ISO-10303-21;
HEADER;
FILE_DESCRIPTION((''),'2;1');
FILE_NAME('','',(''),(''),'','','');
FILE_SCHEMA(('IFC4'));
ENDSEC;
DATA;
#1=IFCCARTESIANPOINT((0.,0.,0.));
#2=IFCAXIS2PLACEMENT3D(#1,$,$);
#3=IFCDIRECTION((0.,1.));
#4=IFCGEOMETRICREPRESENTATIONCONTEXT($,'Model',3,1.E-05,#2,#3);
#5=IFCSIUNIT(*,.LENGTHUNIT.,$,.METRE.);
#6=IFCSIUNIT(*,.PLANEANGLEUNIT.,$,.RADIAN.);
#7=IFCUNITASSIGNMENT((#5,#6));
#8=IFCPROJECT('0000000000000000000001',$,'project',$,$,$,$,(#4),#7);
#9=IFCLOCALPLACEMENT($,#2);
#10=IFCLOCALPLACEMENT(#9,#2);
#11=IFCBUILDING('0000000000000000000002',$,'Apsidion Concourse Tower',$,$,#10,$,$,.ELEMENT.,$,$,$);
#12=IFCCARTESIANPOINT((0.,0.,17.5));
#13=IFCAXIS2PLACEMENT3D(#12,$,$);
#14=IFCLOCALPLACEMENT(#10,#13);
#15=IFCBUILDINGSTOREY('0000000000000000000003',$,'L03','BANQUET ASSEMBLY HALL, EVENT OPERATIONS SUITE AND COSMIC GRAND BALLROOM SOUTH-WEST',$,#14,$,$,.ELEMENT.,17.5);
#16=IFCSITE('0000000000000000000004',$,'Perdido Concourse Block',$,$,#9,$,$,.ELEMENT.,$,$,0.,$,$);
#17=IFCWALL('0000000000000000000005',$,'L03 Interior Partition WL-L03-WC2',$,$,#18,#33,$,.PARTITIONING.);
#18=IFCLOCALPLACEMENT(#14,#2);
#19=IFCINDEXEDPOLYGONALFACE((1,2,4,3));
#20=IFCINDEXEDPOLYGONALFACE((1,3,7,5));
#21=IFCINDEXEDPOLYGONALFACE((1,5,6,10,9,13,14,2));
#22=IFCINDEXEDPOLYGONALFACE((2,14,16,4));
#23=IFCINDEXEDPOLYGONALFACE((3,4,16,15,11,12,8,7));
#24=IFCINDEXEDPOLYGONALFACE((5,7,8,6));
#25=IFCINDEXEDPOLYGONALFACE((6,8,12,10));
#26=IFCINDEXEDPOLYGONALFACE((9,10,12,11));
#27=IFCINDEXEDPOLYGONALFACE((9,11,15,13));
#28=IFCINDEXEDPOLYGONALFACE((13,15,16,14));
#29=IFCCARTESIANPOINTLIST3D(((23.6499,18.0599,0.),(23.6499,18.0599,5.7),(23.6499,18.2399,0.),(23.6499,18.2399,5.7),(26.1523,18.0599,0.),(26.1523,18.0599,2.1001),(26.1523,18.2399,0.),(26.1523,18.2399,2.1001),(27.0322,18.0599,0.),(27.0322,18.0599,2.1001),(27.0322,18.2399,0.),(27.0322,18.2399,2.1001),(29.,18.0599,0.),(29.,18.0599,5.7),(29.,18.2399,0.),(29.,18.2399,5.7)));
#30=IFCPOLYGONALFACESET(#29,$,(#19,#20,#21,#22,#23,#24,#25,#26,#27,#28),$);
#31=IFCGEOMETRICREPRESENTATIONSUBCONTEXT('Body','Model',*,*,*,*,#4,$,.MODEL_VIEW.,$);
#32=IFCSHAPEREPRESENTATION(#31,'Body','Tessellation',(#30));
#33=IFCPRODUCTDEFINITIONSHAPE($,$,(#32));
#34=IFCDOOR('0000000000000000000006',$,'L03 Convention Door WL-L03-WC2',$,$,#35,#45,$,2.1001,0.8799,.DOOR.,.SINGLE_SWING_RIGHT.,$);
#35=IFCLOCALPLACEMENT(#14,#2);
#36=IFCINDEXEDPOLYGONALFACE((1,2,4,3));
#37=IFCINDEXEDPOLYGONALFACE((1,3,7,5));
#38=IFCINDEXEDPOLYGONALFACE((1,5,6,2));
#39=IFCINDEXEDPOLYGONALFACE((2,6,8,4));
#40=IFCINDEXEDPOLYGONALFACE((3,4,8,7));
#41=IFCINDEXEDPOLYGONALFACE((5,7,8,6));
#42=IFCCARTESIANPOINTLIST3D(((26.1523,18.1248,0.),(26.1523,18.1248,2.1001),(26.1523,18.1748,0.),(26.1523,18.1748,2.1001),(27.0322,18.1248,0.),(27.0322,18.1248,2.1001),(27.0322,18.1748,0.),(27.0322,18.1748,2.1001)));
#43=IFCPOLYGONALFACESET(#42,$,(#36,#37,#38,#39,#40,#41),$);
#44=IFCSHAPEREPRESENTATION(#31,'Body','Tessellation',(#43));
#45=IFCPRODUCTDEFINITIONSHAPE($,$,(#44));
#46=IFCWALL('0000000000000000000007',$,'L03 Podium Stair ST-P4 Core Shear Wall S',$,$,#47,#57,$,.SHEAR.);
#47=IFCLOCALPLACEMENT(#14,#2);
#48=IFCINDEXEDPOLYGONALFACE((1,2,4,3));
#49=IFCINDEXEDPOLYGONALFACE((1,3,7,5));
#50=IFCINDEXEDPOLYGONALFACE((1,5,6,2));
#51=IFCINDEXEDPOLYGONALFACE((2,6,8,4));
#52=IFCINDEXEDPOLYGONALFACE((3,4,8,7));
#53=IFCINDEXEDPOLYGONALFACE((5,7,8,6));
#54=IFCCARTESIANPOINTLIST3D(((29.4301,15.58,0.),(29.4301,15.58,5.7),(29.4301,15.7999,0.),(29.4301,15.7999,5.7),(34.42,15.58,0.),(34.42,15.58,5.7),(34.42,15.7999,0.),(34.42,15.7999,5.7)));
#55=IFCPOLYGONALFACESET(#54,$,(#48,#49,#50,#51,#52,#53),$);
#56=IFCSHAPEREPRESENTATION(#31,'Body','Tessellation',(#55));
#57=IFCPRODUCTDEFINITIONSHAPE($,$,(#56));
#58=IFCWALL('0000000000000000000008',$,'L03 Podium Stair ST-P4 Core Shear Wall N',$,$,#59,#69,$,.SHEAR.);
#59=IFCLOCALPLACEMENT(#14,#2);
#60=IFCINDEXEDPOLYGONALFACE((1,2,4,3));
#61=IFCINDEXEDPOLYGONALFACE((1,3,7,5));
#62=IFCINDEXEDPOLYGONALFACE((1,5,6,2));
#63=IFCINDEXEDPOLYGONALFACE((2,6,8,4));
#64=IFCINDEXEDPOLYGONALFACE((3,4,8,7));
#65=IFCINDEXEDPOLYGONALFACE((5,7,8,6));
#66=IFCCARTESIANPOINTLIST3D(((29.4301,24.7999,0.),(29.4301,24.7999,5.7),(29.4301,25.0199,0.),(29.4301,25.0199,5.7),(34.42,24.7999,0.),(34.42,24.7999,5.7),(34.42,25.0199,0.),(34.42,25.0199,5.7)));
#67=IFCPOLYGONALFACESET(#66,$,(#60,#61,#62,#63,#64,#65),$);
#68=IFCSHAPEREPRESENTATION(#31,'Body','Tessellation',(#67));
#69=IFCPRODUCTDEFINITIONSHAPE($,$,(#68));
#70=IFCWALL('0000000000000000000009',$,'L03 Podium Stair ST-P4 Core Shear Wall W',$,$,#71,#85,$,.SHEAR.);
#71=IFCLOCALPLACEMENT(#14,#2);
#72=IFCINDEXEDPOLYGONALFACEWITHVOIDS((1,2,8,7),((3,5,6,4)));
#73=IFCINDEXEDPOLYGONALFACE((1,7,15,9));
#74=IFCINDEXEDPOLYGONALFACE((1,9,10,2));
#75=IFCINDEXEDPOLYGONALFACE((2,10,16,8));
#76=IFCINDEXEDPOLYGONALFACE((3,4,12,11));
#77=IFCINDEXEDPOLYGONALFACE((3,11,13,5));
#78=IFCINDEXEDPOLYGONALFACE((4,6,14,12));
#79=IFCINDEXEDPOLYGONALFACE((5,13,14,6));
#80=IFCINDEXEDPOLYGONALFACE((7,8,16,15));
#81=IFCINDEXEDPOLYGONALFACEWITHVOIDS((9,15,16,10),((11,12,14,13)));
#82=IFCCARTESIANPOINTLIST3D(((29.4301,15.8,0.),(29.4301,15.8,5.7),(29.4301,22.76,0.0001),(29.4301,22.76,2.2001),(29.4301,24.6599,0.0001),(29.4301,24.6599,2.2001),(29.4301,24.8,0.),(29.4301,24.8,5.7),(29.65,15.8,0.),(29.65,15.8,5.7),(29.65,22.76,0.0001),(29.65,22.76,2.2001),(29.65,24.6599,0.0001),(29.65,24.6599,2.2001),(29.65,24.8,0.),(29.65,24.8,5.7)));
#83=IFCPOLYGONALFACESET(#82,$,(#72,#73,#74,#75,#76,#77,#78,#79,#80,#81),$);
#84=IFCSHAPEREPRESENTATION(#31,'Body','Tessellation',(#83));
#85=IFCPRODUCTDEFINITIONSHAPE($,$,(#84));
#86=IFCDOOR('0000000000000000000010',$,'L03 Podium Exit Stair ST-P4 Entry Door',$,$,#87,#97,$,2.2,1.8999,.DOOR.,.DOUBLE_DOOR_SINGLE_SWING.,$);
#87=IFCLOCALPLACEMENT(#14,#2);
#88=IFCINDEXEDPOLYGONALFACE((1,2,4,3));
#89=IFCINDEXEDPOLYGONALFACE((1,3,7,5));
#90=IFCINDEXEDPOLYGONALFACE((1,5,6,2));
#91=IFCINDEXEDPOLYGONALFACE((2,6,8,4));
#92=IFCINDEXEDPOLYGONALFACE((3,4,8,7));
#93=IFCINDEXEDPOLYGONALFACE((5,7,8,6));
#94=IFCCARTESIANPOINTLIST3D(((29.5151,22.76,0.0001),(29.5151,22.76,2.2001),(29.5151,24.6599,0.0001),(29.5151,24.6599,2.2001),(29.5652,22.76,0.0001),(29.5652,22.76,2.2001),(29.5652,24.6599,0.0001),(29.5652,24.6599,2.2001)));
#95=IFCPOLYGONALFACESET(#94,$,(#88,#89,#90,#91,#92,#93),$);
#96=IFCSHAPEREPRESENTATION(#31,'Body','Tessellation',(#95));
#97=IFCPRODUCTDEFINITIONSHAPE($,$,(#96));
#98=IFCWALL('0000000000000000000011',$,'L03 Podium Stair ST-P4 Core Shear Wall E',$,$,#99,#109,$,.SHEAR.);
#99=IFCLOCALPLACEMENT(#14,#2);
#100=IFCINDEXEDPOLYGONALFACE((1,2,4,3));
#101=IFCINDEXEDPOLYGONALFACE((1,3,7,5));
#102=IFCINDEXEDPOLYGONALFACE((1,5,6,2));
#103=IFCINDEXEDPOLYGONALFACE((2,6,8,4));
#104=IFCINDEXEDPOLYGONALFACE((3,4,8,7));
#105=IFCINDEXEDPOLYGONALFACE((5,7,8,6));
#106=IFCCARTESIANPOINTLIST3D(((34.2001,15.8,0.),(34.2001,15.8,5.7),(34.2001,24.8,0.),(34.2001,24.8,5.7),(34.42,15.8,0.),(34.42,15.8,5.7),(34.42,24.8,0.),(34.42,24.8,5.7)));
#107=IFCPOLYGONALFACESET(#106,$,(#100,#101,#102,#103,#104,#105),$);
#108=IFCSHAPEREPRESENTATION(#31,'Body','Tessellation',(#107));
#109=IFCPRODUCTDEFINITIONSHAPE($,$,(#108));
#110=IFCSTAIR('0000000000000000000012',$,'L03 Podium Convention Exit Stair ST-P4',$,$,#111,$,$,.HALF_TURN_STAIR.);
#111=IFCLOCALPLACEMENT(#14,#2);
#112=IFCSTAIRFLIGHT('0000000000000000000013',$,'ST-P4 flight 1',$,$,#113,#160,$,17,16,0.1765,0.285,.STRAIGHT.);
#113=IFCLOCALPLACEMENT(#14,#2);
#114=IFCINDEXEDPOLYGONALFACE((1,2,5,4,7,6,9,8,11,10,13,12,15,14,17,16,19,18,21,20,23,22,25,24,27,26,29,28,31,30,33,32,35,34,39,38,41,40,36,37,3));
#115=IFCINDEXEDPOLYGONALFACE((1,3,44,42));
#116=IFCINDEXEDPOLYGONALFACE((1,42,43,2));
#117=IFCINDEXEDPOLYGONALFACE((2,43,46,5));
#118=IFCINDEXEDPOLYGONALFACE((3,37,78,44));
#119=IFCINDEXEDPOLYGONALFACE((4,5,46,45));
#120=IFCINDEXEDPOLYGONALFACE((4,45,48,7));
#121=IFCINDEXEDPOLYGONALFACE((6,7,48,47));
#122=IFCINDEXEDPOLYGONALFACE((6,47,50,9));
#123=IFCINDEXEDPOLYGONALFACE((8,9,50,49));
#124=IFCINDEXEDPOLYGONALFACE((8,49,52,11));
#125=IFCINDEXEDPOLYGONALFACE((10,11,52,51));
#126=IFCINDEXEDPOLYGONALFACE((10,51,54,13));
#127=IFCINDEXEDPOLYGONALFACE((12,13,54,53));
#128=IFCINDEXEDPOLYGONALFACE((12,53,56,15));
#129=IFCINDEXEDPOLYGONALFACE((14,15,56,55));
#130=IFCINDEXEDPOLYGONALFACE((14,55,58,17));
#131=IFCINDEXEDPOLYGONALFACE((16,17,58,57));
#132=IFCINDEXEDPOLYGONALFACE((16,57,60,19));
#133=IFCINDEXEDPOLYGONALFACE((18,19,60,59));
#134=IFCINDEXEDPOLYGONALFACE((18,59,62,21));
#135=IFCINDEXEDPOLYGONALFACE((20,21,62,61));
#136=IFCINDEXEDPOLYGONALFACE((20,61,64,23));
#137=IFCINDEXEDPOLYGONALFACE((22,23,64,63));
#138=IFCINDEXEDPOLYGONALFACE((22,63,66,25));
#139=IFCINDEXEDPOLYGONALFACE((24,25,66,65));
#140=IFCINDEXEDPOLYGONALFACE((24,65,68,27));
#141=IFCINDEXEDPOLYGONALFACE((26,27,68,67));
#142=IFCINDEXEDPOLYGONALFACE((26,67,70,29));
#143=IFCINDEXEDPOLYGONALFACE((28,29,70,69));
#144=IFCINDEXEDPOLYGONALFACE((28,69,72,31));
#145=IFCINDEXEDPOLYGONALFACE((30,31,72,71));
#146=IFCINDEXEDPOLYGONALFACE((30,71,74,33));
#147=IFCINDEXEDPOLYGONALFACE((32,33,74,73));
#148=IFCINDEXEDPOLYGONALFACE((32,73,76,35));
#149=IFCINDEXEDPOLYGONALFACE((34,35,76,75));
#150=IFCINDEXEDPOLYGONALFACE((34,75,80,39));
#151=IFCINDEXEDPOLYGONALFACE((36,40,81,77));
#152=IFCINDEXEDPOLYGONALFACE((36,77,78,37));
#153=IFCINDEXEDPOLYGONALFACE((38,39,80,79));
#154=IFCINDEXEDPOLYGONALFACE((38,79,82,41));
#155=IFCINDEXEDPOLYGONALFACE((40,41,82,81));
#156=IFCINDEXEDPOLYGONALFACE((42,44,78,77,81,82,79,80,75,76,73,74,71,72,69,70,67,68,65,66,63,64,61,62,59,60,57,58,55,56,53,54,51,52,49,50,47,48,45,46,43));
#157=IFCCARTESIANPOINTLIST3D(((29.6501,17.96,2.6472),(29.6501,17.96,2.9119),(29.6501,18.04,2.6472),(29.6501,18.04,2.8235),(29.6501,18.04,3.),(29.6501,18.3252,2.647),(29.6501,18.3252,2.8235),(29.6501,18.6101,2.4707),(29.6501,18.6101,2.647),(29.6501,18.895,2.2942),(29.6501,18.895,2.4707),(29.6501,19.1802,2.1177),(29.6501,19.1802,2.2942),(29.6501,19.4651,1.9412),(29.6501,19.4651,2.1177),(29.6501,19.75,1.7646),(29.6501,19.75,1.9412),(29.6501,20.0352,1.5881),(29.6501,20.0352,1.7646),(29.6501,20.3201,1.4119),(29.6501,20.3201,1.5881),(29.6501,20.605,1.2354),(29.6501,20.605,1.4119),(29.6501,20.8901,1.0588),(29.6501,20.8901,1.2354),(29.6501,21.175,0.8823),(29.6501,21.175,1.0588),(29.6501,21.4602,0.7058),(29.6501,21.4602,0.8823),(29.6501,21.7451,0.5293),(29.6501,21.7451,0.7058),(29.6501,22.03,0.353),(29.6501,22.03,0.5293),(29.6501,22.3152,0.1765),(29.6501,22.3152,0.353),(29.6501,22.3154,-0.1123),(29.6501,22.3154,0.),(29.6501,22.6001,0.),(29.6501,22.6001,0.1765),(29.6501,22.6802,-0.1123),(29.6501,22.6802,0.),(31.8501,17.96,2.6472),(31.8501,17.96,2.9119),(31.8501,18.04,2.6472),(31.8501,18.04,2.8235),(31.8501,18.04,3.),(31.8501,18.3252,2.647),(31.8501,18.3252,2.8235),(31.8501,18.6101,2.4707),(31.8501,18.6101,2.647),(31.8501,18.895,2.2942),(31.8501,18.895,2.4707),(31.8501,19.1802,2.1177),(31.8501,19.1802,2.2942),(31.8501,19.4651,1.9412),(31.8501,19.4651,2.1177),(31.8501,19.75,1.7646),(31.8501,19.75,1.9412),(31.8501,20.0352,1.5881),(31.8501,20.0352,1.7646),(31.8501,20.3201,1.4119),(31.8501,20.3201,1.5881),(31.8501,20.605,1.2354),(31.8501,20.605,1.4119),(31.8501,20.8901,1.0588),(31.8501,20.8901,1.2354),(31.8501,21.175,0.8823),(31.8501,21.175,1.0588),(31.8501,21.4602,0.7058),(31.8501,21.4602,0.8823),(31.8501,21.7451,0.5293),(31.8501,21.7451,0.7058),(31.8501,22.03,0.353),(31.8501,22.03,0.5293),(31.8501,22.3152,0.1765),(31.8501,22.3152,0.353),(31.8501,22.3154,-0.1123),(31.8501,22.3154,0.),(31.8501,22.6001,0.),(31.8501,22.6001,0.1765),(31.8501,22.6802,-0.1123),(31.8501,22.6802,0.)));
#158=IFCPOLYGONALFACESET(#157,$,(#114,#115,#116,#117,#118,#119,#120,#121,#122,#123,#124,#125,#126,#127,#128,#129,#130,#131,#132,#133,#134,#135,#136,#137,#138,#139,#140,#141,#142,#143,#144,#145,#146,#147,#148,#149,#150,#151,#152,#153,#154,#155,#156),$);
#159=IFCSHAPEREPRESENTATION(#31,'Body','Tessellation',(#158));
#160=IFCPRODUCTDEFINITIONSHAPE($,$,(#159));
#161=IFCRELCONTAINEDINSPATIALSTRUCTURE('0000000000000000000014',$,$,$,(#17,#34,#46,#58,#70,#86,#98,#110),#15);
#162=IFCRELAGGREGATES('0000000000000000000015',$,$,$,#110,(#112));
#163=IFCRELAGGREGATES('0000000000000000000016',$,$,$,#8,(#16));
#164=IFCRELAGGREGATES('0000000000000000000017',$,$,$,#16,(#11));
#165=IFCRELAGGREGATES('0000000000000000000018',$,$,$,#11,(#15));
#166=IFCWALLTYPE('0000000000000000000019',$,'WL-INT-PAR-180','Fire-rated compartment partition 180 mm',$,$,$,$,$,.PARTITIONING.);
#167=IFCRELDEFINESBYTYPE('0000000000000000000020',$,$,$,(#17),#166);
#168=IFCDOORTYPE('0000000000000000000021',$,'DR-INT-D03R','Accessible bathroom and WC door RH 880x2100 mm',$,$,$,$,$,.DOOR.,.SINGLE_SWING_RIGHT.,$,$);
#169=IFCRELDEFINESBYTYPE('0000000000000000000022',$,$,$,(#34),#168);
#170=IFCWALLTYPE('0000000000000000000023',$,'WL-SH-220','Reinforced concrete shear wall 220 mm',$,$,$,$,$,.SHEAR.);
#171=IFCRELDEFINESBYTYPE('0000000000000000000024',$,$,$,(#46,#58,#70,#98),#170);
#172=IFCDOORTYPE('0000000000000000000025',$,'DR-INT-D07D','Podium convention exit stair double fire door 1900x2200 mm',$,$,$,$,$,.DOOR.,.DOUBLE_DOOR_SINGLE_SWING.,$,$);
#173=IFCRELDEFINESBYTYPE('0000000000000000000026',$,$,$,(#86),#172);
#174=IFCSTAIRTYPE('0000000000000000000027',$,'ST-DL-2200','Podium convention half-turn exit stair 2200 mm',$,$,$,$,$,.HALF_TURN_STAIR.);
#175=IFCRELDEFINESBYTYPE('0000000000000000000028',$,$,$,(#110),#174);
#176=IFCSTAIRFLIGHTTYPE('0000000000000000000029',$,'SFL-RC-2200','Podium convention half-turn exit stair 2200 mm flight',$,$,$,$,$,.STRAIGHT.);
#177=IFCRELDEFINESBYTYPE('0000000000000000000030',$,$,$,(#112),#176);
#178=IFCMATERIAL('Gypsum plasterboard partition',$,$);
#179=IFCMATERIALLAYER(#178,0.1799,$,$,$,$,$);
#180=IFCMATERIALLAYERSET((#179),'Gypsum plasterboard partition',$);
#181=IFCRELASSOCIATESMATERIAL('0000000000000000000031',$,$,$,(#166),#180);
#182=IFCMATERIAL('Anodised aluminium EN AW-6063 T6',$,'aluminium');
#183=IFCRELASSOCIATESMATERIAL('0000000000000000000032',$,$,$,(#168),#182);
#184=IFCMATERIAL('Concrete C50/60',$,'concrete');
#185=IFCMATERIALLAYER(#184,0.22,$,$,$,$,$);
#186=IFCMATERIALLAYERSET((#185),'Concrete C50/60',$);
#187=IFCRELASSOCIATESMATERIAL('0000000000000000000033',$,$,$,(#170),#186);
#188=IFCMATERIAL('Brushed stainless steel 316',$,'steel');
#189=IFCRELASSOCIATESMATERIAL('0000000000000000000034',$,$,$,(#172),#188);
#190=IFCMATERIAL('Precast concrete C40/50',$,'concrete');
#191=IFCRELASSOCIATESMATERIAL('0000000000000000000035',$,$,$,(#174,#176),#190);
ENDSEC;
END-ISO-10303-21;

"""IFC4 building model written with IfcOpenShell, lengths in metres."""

from ifc_helpers import new_model, si_unit, direction, frame, frame_2d, origin, place, context, subcontext, project, spatial, polyline, rectangle, outline, extrude, material, layer, layer_set, type_object, element, fill, aggregate, save


model = new_model("IFC4")

# Units and contexts
model_context = context("Model", 3, precision=1e-05, world=origin(), true_north=direction((0.0, 1.0)))
body_context = subcontext(model_context, "Body", "Model", "MODEL_VIEW")
ifc_project = project(units=[si_unit("LENGTHUNIT", "METRE"), si_unit("PLANEANGLEUNIT", "RADIAN")], contexts=[model_context])

# Site, building, storey
site_placement = place(None, origin())
site = spatial("IfcSite", under=ifc_project, at=site_placement, Name="Perdido Concourse Block", CompositionType="ELEMENT", RefElevation=0.0)
building_placement = place(site_placement, origin())
building = spatial("IfcBuilding", under=site, at=building_placement, Name="Apsidion Concourse Tower", CompositionType="ELEMENT")
storey_placement = place(building_placement, frame((0.0, 0.0, 17.5)))
storey = spatial("IfcBuildingStorey", under=building, at=storey_placement, Name="L03", Description="BANQUET ASSEMBLY HALL, EVENT OPERATIONS SUITE AND COSMIC GRAND BALLROOM SOUTH-WEST", CompositionType="ELEMENT", Elevation=17.5)

# Shared definitions
ifc_material_1 = material(Name="Precast concrete C40/50", Category="concrete")

# Shared definitions
ifc_material_2 = material(Name="Gypsum plasterboard partition")

# Wall, opening, door
ifc_layer_1 = layer(ifc_material_2, 0.1799)
ifc_layer_set_1 = layer_set([ifc_layer_1], Name="Gypsum plasterboard partition")
wall_type_1 = type_object("IfcWallType", Name="WL-INT-PAR-180", Description="Fire-rated compartment partition 180 mm", PredefinedType="PARTITIONING", material=ifc_layer_set_1)
wall_1_placement = place(storey_placement, frame((23.6499, 18.1499, 0.0), z_axis=(0.0, 0.0, 1.0), x_axis=(1.0, 0.0, 0.0)))
wall_1 = element("IfcWall", 1, at=wall_1_placement, inside=storey, type_object=wall_type_1, Name="L03 Interior Partition WL-L03-WC2", PredefinedType="PARTITIONING", context=body_context, shape_type="SweptSolid", body=[
    extrude(rectangle(XDim=5.3501, YDim=0.1799, at=frame_2d((2.675, 0.0))), origin(), (0.0, 0.0, 1.0), 5.7),
])
opening_1_placement = place(wall_1_placement, frame((2.5024, 0.0, 0.0)))
opening_1 = element("IfcOpeningElement", 2, at=opening_1_placement, cuts=wall_1, PredefinedType="OPENING", context=body_context, shape_type="SweptSolid", body=[
    extrude(rectangle(XDim=0.8799, YDim=2.1001, at=frame_2d((0.4399, 1.05))), frame((0.0, 0.1001, 0.0), z_axis=(0.0, -1.0, 0.0), x_axis=(1.0, 0.0, 0.0)), (0.0, 0.0, 1.0), 0.2),
])
ifc_material_3 = material(Name="Anodised aluminium EN AW-6063 T6", Category="aluminium")
door_type_1 = type_object("IfcDoorType", Name="DR-INT-D03R", Description="Accessible bathroom and WC door RH 880x2100 mm", OperationType="SINGLE_SWING_RIGHT", PredefinedType="DOOR", material=ifc_material_3)
door_1_placement = place(opening_1_placement, origin())
door_1 = element("IfcDoor", 3, at=door_1_placement, inside=storey, type_object=door_type_1, Name="L03 Convention Door WL-L03-WC2", OperationType="SINGLE_SWING_RIGHT", OverallHeight=2.1001, OverallWidth=0.8799, PredefinedType="DOOR", context=body_context, shape_type="SweptSolid", body=[
    extrude(rectangle(XDim=0.8799, YDim=2.1001, at=frame_2d((0.4399, 1.05))), frame((0.0, 0.0249, 0.0), z_axis=(0.0, -1.0, 0.0), x_axis=(1.0, 0.0, 0.0)), (0.0, 0.0, 1.0), 0.05),
])
fill(opening_1, door_1)

# Walls
ifc_material_4 = material(Name="Concrete C50/60", Category="concrete")
ifc_layer_2 = layer(ifc_material_4, 0.22)
ifc_layer_set_2 = layer_set([ifc_layer_2], Name="Concrete C50/60")
wall_type_2 = type_object("IfcWallType", Name="WL-SH-220", Description="Reinforced concrete shear wall 220 mm", PredefinedType="SHEAR", material=ifc_layer_set_2)
for number, where, z_axis, x_axis, name in (
    (4, (29.4299, 15.6899, 0.0), (0.0, 0.0, 1.0), (1.0, 0.0, 0.0), "L03 Podium Stair ST-P4 Core Shear Wall S"),
    (5, (29.4299, 24.9099, 0.0), (0.0, 0.0, 1.0), (1.0, 0.0, 0.0), "L03 Podium Stair ST-P4 Core Shear Wall N"),
):
    element("IfcWall", number, at=place(storey_placement, frame(where, z_axis=z_axis, x_axis=x_axis)), inside=storey, type_object=wall_type_2, Name=name, PredefinedType="SHEAR", context=body_context, shape_type="SweptSolid", body=[
        extrude(rectangle(XDim=4.99, YDim=0.22, at=frame_2d((2.4951, 0.0))), origin(), (0.0, 0.0, 1.0), 5.7),
    ])

# Wall, opening, door
wall_2_placement = place(storey_placement, frame((29.54, 15.8, 0.0), z_axis=(0.0, 0.0, 1.0), x_axis=(0.0, 1.0, 0.0)))
wall_2 = element("IfcWall", 6, at=wall_2_placement, inside=storey, type_object=wall_type_2, Name="L03 Podium Stair ST-P4 Core Shear Wall W", PredefinedType="SHEAR", context=body_context, shape_type="SweptSolid", body=[
    extrude(rectangle(XDim=9.0, YDim=0.22, at=frame_2d((4.5, 0.0))), origin(), (0.0, 0.0, 1.0), 5.7),
])
opening_2_placement = place(wall_2_placement, frame((6.96, 0.0, 0.0)))
opening_2 = element("IfcOpeningElement", 7, at=opening_2_placement, cuts=wall_2, PredefinedType="OPENING", context=body_context, shape_type="SweptSolid", body=[
    extrude(rectangle(XDim=1.8999, YDim=2.2, at=frame_2d((0.95, 1.1001))), frame((0.0, 0.1201, 0.0), z_axis=(0.0, -1.0, 0.0), x_axis=(1.0, 0.0, 0.0)), (0.0, 0.0, 1.0), 0.24),
])
ifc_material_5 = material(Name="Brushed stainless steel 316", Category="steel")
door_type_2 = type_object("IfcDoorType", Name="DR-INT-D07D", Description="Podium convention exit stair double fire door 1900x2200 mm", OperationType="DOUBLE_DOOR_SINGLE_SWING", PredefinedType="DOOR", material=ifc_material_5)
door_2_placement = place(opening_2_placement, origin())
door_2 = element("IfcDoor", 8, at=door_2_placement, inside=storey, type_object=door_type_2, Name="L03 Podium Exit Stair ST-P4 Entry Door", OperationType="DOUBLE_DOOR_SINGLE_SWING", OverallHeight=2.2, OverallWidth=1.8999, PredefinedType="DOOR", context=body_context, shape_type="SweptSolid", body=[
    extrude(rectangle(XDim=1.8999, YDim=2.2, at=frame_2d((0.95, 1.1001))), frame((0.0, 0.0249, 0.0), z_axis=(0.0, -1.0, 0.0), x_axis=(1.0, 0.0, 0.0)), (0.0, 0.0, 1.0), 0.05),
])
fill(opening_2, door_2)

# Wall
wall_3_placement = place(storey_placement, frame((34.3101, 15.8, 0.0), z_axis=(0.0, 0.0, 1.0), x_axis=(0.0, 1.0, 0.0)))
element("IfcWall", 9, at=wall_3_placement, inside=storey, type_object=wall_type_2, Name="L03 Podium Stair ST-P4 Core Shear Wall E", PredefinedType="SHEAR", context=body_context, shape_type="SweptSolid", body=[
    extrude(rectangle(XDim=9.0, YDim=0.22, at=frame_2d((4.5, 0.0))), origin(), (0.0, 0.0, 1.0), 5.7),
])

# Stair, stair flight
stair_type = type_object("IfcStairType", Name="ST-DL-2200", Description="Podium convention half-turn exit stair 2200 mm", PredefinedType="HALF_TURN_STAIR", material=ifc_material_1)
stair_placement = place(storey_placement, origin())
stair = element("IfcStair", 10, at=stair_placement, inside=storey, type_object=stair_type, Name="L03 Podium Convention Exit Stair ST-P4", PredefinedType="HALF_TURN_STAIR")
stair_flight_type = type_object("IfcStairFlightType", Name="SFL-RC-2200", Description="Podium convention half-turn exit stair 2200 mm flight", PredefinedType="STRAIGHT", material=ifc_material_1)
stair_flight_1_placement = place(storey_placement, frame((30.75, 22.6001, 0.0), z_axis=(0.0, 0.0, 1.0), x_axis=(0.0, -1.0, 0.0)))
stair_flight_1 = element("IfcStairFlight", 11, at=stair_flight_1_placement, type_object=stair_flight_type, Name="ST-P4 flight 1", NumberOfRisers=17, NumberOfTreads=16, PredefinedType="STRAIGHT", RiserHeight=0.1765, TreadLength=0.285, context=body_context, shape_type="SweptSolid", body=[
    extrude(outline(polyline([(-0.0801, -0.1123), (-0.0801, 0.0), (0.0, 0.0), (0.0, 0.1765), (0.2849, 0.1765), (0.2849, 0.353), (0.5701, 0.353), (0.5701, 0.5293), (0.855, 0.5293), (0.855, 0.7058), (1.1399, 0.7058), (1.1399, 0.8823), (1.425, 0.8823), (1.425, 1.0588), (1.71, 1.0588), (1.71, 1.2354), (1.9951, 1.2354), (1.9951, 1.4119), (2.28, 1.4119), (2.28, 1.5881), (2.5649, 1.5881), (2.5649, 1.7646), (2.8501, 1.7646), (2.8501, 1.9412), (3.135, 1.9412), (3.135, 2.1177), (3.4199, 2.1177), (3.4199, 2.2942), (3.7051, 2.2942), (3.7051, 2.4707), (3.99, 2.4707), (3.99, 2.647), (4.2749, 2.647), (4.2749, 2.8235), (4.5601, 2.8235), (4.5601, 3.0), (4.6401, 2.9119), (4.6401, 2.6472), (4.5601, 2.6472), (0.2847, 0.0), (0.2847, -0.1123), (-0.0801, -0.1123)])), frame((0.0, 1.1001, 0.0), z_axis=(0.0, -1.0, 0.0), x_axis=(1.0, 0.0, 0.0)), (0.0, 0.0, 1.0), 2.2),
])
aggregate(stair, [stair_flight_1])

save(model, "model.ifc")
